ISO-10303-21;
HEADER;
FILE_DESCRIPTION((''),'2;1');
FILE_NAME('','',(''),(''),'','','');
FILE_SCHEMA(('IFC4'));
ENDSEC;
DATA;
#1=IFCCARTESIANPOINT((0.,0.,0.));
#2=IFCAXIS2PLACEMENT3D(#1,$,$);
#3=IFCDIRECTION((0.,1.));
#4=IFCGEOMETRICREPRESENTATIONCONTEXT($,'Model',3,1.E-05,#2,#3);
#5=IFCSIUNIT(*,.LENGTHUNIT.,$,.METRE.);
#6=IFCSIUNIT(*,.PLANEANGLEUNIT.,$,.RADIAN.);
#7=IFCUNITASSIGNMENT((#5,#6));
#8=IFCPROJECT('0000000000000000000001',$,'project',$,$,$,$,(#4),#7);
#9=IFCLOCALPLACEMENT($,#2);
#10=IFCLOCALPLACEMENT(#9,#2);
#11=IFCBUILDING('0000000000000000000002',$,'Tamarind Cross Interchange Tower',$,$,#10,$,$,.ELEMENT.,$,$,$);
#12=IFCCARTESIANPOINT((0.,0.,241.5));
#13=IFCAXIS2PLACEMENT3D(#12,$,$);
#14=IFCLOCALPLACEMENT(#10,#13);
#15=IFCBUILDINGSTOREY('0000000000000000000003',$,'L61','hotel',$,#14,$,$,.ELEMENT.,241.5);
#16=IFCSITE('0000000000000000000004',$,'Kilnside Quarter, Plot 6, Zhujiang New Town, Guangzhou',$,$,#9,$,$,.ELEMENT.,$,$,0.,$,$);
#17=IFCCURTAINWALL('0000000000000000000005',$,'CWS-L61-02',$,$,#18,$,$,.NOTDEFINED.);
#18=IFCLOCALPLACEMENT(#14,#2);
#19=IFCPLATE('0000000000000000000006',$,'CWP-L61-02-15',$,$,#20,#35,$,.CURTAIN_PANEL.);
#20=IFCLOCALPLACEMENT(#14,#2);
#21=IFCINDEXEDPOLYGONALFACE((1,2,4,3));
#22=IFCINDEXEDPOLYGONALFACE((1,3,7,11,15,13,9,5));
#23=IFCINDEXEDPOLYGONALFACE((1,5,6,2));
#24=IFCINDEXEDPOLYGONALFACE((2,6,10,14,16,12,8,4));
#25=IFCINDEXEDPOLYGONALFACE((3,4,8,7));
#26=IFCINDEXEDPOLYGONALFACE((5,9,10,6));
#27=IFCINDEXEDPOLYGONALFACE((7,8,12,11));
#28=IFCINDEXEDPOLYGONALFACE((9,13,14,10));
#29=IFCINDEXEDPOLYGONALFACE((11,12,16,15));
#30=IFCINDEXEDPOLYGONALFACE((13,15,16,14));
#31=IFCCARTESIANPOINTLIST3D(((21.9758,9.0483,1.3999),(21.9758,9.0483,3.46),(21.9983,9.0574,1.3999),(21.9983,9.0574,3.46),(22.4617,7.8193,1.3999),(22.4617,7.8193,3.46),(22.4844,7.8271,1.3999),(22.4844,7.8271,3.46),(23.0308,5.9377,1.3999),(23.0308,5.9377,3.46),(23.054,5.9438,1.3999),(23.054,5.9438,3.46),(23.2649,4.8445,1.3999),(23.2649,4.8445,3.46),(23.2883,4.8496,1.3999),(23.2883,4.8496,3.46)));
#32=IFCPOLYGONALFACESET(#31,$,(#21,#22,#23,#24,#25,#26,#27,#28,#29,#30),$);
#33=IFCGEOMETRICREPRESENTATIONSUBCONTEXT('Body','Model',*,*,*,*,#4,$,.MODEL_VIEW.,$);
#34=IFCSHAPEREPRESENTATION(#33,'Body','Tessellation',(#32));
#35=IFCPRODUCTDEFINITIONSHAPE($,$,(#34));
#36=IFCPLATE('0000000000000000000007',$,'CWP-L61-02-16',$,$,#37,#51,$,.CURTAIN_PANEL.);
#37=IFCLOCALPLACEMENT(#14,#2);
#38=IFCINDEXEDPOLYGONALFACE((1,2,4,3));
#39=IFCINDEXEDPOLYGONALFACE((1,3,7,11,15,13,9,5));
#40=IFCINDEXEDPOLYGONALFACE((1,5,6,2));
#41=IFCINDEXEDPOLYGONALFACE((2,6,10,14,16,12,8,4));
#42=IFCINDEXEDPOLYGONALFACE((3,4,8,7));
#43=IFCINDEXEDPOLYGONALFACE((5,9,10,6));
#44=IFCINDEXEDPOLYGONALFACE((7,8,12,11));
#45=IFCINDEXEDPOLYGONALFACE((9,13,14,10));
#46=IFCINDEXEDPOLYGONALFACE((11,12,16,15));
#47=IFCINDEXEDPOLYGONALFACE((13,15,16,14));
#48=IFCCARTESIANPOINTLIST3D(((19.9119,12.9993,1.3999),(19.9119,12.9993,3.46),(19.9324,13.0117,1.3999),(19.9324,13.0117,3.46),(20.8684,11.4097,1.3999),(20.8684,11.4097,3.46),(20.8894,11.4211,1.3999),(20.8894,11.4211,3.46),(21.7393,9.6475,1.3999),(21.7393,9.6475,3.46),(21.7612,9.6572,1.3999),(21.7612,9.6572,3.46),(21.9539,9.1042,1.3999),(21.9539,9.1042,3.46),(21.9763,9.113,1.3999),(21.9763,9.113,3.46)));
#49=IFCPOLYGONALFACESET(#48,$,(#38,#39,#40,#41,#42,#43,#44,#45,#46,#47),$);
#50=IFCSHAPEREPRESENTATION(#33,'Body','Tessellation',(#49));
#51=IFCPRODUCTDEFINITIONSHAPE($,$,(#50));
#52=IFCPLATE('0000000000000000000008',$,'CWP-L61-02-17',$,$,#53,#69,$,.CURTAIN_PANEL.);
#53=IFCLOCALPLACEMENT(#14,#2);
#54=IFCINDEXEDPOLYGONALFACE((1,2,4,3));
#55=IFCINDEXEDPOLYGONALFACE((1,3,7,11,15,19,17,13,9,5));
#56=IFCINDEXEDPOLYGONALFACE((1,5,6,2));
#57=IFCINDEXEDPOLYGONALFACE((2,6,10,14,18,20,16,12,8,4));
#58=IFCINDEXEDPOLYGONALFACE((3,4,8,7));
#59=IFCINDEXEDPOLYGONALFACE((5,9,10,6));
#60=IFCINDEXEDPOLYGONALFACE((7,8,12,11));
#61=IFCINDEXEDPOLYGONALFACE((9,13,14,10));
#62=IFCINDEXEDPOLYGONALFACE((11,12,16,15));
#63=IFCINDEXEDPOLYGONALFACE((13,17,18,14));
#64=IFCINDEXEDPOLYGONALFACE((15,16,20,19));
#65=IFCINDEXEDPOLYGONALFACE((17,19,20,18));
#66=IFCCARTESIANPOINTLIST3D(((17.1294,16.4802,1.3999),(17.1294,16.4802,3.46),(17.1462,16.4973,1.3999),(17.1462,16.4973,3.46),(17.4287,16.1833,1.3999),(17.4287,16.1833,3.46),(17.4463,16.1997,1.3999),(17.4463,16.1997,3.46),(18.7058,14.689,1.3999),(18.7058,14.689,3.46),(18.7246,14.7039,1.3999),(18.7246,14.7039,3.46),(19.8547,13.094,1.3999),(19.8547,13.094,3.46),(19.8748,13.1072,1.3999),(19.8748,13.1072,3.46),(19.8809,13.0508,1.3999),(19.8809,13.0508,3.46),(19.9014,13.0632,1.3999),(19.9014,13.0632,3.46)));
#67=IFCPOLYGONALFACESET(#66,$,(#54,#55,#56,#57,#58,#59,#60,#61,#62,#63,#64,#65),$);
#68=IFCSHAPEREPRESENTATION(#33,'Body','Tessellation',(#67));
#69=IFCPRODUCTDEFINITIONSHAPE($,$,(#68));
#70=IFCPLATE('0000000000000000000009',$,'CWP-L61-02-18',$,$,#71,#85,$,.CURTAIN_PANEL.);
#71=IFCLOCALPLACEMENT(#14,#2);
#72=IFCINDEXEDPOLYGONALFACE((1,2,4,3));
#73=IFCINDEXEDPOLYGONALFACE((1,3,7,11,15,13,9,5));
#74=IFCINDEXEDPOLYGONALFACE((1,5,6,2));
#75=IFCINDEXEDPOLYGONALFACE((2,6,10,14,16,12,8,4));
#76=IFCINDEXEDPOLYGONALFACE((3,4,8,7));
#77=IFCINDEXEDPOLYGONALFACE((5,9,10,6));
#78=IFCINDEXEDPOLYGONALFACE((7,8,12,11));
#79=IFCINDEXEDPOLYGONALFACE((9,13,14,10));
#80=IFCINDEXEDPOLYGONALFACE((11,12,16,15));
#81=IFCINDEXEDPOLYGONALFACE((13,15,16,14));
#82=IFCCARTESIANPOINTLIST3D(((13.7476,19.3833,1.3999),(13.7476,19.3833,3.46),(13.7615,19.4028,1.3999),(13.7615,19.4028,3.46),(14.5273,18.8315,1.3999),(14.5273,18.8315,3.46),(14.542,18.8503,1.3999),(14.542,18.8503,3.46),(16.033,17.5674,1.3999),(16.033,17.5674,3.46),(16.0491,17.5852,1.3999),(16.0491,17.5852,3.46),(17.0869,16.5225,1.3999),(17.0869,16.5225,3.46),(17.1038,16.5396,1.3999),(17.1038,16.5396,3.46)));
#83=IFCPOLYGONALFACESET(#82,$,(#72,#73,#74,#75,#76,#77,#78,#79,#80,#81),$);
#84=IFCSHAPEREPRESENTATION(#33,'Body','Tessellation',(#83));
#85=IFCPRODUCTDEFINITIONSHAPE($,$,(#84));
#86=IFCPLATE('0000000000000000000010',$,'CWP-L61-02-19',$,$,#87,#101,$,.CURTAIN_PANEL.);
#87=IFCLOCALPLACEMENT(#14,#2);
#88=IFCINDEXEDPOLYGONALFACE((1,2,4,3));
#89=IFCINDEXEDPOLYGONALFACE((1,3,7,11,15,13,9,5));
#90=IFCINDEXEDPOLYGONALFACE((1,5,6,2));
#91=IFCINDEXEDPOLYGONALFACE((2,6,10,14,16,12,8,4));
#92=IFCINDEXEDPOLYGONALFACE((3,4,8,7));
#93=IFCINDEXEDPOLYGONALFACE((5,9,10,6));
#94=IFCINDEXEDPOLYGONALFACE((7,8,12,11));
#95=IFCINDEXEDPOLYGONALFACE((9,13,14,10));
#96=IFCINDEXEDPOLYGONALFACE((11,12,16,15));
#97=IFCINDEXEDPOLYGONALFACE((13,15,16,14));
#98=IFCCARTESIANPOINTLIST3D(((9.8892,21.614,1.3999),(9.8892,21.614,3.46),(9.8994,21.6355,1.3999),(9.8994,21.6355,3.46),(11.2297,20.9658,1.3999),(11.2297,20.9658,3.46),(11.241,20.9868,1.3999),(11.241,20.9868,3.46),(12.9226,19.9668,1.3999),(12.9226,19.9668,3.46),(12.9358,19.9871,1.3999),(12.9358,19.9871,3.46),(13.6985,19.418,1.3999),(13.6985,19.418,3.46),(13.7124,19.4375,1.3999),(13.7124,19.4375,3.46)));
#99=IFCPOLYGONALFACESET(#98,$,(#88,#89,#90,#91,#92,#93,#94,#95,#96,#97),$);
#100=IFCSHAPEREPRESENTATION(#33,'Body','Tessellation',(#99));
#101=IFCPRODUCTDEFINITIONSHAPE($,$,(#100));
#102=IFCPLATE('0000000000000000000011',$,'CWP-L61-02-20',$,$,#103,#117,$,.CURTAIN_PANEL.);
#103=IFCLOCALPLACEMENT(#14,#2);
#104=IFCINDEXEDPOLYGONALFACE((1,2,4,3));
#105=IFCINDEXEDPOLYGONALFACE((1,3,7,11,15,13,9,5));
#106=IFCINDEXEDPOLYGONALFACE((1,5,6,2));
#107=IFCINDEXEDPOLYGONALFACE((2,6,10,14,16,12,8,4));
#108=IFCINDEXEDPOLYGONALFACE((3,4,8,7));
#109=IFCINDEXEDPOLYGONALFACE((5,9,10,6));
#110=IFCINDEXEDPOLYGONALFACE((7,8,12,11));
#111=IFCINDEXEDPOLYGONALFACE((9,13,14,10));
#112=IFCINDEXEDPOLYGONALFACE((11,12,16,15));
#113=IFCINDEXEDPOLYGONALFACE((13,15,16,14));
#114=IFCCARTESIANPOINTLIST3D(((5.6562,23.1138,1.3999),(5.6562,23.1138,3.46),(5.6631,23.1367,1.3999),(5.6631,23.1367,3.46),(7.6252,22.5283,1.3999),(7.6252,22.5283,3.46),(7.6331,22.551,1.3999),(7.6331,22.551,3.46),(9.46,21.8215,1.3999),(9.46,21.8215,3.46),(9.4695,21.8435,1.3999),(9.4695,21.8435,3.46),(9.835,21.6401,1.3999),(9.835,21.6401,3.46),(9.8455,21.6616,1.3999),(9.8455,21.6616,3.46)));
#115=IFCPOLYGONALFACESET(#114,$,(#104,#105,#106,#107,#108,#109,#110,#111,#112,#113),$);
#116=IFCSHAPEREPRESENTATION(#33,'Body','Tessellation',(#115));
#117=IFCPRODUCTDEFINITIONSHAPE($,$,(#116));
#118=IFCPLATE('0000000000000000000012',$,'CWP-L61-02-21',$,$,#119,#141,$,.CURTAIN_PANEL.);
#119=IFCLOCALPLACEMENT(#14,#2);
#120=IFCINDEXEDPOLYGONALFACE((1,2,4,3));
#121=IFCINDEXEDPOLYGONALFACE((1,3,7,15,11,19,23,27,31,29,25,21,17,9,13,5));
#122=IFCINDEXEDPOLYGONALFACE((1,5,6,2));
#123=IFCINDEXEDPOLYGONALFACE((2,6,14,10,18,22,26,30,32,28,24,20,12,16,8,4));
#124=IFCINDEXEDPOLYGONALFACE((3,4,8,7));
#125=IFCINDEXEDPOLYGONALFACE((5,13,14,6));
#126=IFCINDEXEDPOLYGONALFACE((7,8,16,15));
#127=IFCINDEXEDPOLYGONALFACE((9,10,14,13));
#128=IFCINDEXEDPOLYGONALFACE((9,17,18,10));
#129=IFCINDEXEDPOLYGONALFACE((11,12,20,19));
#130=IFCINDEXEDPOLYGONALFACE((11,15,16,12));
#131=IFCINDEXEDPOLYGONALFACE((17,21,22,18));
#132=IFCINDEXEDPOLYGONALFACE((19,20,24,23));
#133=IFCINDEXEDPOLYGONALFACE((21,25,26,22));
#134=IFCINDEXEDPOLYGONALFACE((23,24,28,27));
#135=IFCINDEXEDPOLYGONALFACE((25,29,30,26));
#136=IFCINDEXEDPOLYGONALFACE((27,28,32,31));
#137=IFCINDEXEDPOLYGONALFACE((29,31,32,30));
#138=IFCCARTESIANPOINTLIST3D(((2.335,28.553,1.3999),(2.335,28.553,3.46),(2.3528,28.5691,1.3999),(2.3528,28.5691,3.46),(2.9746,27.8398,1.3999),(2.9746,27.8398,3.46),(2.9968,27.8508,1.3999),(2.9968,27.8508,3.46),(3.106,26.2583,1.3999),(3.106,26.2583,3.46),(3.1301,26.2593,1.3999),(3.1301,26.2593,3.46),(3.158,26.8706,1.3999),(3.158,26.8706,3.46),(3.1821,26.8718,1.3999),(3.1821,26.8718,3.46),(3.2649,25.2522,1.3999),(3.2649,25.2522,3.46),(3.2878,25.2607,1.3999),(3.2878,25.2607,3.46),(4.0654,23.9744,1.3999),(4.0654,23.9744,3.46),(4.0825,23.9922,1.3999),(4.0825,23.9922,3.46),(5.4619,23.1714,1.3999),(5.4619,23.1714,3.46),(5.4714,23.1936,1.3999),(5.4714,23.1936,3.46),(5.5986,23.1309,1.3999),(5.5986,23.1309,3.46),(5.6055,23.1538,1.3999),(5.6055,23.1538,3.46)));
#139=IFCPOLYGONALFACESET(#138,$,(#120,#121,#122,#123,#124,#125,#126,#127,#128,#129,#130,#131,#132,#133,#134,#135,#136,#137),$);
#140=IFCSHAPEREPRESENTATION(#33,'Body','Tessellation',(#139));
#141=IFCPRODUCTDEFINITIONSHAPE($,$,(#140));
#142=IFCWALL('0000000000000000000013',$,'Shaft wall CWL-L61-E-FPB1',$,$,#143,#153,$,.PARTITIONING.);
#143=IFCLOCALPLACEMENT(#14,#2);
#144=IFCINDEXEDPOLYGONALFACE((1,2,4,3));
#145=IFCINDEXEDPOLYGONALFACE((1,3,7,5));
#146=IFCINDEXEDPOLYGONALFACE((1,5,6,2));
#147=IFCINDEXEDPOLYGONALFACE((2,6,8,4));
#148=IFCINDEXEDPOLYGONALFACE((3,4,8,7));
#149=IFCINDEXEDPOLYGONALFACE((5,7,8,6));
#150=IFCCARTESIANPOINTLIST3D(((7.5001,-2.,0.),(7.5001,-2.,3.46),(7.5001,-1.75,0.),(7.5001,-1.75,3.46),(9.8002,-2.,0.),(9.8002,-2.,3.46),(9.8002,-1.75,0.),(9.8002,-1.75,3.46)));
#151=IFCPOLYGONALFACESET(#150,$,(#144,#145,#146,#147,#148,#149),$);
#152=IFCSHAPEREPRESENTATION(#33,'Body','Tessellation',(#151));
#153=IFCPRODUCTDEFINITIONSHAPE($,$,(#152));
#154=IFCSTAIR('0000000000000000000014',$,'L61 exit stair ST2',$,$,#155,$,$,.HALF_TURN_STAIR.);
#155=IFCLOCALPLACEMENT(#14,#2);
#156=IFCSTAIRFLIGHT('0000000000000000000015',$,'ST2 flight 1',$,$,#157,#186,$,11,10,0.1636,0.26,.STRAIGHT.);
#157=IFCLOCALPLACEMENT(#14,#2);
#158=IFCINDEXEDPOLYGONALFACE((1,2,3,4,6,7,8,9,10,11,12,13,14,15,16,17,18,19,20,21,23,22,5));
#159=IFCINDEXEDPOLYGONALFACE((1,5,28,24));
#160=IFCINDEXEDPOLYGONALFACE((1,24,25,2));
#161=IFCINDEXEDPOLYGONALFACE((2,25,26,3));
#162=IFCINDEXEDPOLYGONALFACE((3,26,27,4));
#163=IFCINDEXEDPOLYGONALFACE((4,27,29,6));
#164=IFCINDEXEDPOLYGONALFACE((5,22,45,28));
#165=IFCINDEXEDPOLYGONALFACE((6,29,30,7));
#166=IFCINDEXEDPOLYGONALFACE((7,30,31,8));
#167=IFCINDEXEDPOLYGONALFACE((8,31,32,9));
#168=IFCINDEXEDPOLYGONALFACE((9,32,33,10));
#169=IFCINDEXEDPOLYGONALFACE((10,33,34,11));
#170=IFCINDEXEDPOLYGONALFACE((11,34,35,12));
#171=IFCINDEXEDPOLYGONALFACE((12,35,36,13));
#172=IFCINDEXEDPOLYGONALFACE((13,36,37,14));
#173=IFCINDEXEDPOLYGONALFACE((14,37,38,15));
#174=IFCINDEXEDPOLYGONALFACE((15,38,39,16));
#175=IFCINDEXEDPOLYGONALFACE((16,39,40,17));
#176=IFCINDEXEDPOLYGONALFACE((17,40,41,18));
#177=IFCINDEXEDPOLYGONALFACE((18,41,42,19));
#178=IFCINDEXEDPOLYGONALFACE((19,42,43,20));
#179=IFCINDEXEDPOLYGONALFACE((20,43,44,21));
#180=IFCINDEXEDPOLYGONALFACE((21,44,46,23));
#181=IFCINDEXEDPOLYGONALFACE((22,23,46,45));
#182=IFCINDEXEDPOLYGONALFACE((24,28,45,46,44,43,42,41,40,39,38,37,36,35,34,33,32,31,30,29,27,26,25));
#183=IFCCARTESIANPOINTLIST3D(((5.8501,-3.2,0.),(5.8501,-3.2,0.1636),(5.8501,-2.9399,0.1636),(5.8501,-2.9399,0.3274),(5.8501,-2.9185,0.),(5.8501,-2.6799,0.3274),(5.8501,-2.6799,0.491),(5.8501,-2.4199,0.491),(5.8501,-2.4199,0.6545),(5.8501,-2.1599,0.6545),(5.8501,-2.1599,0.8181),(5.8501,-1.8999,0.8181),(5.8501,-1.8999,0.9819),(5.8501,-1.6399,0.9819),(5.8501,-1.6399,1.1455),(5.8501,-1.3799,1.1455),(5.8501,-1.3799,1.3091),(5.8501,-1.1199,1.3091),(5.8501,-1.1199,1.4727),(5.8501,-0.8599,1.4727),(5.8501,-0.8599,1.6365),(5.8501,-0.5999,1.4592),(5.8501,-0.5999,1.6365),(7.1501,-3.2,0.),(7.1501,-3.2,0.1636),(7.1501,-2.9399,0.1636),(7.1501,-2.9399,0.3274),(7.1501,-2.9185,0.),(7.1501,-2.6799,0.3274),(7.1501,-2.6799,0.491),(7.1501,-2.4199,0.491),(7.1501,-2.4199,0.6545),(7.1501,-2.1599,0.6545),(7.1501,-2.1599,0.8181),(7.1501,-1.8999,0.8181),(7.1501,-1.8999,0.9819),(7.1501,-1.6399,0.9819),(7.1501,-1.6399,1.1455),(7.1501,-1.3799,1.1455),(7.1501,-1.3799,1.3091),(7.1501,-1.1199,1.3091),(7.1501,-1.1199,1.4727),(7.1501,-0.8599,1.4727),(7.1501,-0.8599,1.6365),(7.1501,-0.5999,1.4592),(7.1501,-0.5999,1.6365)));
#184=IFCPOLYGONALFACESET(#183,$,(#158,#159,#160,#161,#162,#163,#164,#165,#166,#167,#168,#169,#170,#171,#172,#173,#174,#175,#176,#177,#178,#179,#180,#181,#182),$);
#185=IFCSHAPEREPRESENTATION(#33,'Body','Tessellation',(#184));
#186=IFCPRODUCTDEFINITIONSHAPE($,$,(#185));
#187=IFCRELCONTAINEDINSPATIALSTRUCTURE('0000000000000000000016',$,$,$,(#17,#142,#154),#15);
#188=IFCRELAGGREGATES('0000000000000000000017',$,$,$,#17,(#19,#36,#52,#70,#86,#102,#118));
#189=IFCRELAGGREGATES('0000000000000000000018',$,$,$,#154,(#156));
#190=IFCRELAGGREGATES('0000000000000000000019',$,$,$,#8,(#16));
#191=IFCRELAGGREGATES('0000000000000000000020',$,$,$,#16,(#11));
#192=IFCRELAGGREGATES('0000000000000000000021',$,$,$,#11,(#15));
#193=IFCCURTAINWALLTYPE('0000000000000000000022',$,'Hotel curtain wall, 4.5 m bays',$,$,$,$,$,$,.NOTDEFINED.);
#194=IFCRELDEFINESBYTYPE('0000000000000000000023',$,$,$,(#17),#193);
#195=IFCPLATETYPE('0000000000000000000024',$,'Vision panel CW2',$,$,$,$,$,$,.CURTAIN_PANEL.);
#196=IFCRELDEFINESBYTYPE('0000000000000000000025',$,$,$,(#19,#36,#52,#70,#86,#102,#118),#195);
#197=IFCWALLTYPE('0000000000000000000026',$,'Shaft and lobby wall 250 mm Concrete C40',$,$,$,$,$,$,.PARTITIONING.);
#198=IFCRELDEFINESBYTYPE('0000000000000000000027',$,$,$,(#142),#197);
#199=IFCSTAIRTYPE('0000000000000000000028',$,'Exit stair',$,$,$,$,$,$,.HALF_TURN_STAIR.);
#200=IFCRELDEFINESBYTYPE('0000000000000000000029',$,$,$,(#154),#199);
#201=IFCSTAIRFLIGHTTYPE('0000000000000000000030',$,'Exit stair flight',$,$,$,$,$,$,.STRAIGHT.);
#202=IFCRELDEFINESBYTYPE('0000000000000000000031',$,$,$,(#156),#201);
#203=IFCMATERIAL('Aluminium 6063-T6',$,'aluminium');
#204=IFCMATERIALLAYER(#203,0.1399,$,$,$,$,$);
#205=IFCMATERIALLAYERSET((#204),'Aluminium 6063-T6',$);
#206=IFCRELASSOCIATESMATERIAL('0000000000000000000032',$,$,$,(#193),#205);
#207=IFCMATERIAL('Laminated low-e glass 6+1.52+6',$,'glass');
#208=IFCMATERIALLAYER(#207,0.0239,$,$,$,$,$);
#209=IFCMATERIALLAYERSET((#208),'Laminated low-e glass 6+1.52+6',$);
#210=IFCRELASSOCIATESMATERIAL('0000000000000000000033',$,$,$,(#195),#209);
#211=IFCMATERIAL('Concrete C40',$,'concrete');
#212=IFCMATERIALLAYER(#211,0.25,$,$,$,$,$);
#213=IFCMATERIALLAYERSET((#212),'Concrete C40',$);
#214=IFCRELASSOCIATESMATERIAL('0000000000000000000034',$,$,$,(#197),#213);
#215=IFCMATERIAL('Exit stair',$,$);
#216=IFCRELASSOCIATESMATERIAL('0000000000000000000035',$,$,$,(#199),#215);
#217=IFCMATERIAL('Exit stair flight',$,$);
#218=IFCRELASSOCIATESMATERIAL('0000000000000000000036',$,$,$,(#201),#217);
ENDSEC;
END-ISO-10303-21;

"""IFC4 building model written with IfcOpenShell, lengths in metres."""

from ifc_helpers import new_model, si_unit, direction, frame, frame_2d, origin, place, context, subcontext, project, spatial, polyline, rectangle, outline, extrude, material, layer, layer_set, type_object, element, aggregate, save


model = new_model("IFC4")

# Units and contexts
model_context = context("Model", 3, precision=1e-05, world=origin(), true_north=direction((0.0, 1.0)))
body_context = subcontext(model_context, "Body", "Model", "MODEL_VIEW")
ifc_project = project(units=[si_unit("LENGTHUNIT", "METRE"), si_unit("PLANEANGLEUNIT", "RADIAN")], contexts=[model_context])

# Site, building, storey
site_placement = place(None, origin())
site = spatial("IfcSite", under=ifc_project, at=site_placement, Name="Kilnside Quarter, Plot 6, Zhujiang New Town, Guangzhou", CompositionType="ELEMENT", RefElevation=0.0)
building_placement = place(site_placement, origin())
building = spatial("IfcBuilding", under=site, at=building_placement, Name="Tamarind Cross Interchange Tower", CompositionType="ELEMENT")
storey_placement = place(building_placement, frame((0.0, 0.0, 241.5)))
storey = spatial("IfcBuildingStorey", under=building, at=storey_placement, Name="L61", Description="hotel", CompositionType="ELEMENT", Elevation=241.5)

# Curtain wall, plates
ifc_material_1 = material(Name="Aluminium 6063-T6", Category="aluminium")
ifc_layer_1 = layer(ifc_material_1, 0.1399)
ifc_layer_set_1 = layer_set([ifc_layer_1], Name="Aluminium 6063-T6")
curtain_wall_type = type_object("IfcCurtainWallType", Name="Hotel curtain wall, 4.5 m bays", PredefinedType="NOTDEFINED", material=ifc_layer_set_1)
curtain_wall_placement = place(storey_placement, origin())
curtain_wall = element("IfcCurtainWall", 1, at=curtain_wall_placement, inside=storey, type_object=curtain_wall_type, Name="CWS-L61-02", PredefinedType="NOTDEFINED")
ifc_material_2 = material(Name="Laminated low-e glass 6+1.52+6", Category="glass")
ifc_layer_2 = layer(ifc_material_2, 0.0239)
ifc_layer_set_2 = layer_set([ifc_layer_2], Name="Laminated low-e glass 6+1.52+6")
plate_type = type_object("IfcPlateType", Name="Vision panel CW2", PredefinedType="CURTAIN_PANEL", material=ifc_layer_set_2)
plate_1_placement = place(storey_placement, frame((0.0, 0.0, 1.3999)))
plate_1 = element("IfcPlate", 2, at=plate_1_placement, type_object=plate_type, Name="CWP-L61-02-15", PredefinedType="CURTAIN_PANEL", context=body_context, shape_type="SweptSolid", body=[
    extrude(outline(polyline([(23.2649, 4.8445), (23.0308, 5.9377), (22.4617, 7.8193), (21.9758, 9.0483), (21.9983, 9.0574), (22.4844, 7.8271), (23.054, 5.9438), (23.2883, 4.8496), (23.2649, 4.8445)])), origin(), (0.0, 0.0, 1.0), 2.0601),
])
plate_2_placement = place(storey_placement, frame((0.0, 0.0, 1.3999)))
plate_2 = element("IfcPlate", 3, at=plate_2_placement, type_object=plate_type, Name="CWP-L61-02-16", PredefinedType="CURTAIN_PANEL", context=body_context, shape_type="SweptSolid", body=[
    extrude(outline(polyline([(21.9539, 9.1042), (21.7393, 9.6475), (20.8684, 11.4097), (19.9119, 12.9993), (19.9324, 13.0117), (20.8894, 11.4211), (21.7612, 9.6572), (21.9763, 9.113), (21.9539, 9.1042)])), origin(), (0.0, 0.0, 1.0), 2.0601),
])
plate_3_placement = place(storey_placement, frame((0.0, 0.0, 1.3999)))
plate_3 = element("IfcPlate", 4, at=plate_3_placement, type_object=plate_type, Name="CWP-L61-02-17", PredefinedType="CURTAIN_PANEL", context=body_context, shape_type="SweptSolid", body=[
    extrude(outline(polyline([(19.8809, 13.0508), (19.8547, 13.094), (18.7058, 14.689), (17.4287, 16.1833), (17.1294, 16.4802), (17.1462, 16.4973), (17.4463, 16.1997), (18.7246, 14.7039), (19.8748, 13.1072), (19.9014, 13.0632), (19.8809, 13.0508)])), origin(), (0.0, 0.0, 1.0), 2.0601),
])
plate_4_placement = place(storey_placement, frame((0.0, 0.0, 1.3999)))
plate_4 = element("IfcPlate", 5, at=plate_4_placement, type_object=plate_type, Name="CWP-L61-02-18", PredefinedType="CURTAIN_PANEL", context=body_context, shape_type="SweptSolid", body=[
    extrude(outline(polyline([(17.0869, 16.5225), (16.033, 17.5674), (14.5273, 18.8315), (13.7476, 19.3833), (13.7615, 19.4028), (14.542, 18.8503), (16.0491, 17.5852), (17.1038, 16.5396), (17.0869, 16.5225)])), origin(), (0.0, 0.0, 1.0), 2.0601),
])
plate_5_placement = place(storey_placement, frame((0.0, 0.0, 1.3999)))
plate_5 = element("IfcPlate", 6, at=plate_5_placement, type_object=plate_type, Name="CWP-L61-02-19", PredefinedType="CURTAIN_PANEL", context=body_context, shape_type="SweptSolid", body=[
    extrude(outline(polyline([(13.6985, 19.418), (12.9226, 19.9668), (11.2297, 20.9658), (9.8892, 21.614), (9.8994, 21.6355), (11.241, 20.9868), (12.9358, 19.9871), (13.7124, 19.4375), (13.6985, 19.418)])), origin(), (0.0, 0.0, 1.0), 2.0601),
])
plate_6_placement = place(storey_placement, frame((0.0, 0.0, 1.3999)))
plate_6 = element("IfcPlate", 7, at=plate_6_placement, type_object=plate_type, Name="CWP-L61-02-20", PredefinedType="CURTAIN_PANEL", context=body_context, shape_type="SweptSolid", body=[
    extrude(outline(polyline([(9.835, 21.6401), (9.46, 21.8215), (7.6252, 22.5283), (5.6562, 23.1138), (5.6631, 23.1367), (7.6331, 22.551), (9.4695, 21.8435), (9.8455, 21.6616), (9.835, 21.6401)])), origin(), (0.0, 0.0, 1.0), 2.0601),
])
plate_7_placement = place(storey_placement, frame((0.0, 0.0, 1.3999)))
plate_7 = element("IfcPlate", 8, at=plate_7_placement, type_object=plate_type, Name="CWP-L61-02-21", PredefinedType="CURTAIN_PANEL", context=body_context, shape_type="SweptSolid", body=[
    extrude(outline(polyline([(5.5986, 23.1309), (5.4619, 23.1714), (4.0654, 23.9744), (3.2649, 25.2522), (3.106, 26.2583), (3.158, 26.8706), (2.9746, 27.8398), (2.335, 28.553), (2.3528, 28.5691), (2.9968, 27.8508), (3.1821, 26.8718), (3.1301, 26.2593), (3.2878, 25.2607), (4.0825, 23.9922), (5.4714, 23.1936), (5.6055, 23.1538), (5.5986, 23.1309)])), origin(), (0.0, 0.0, 1.0), 2.0601),
])
aggregate(curtain_wall, [plate_1, plate_2, plate_3, plate_4, plate_5, plate_6, plate_7])

# Wall
ifc_material_3 = material(Name="Concrete C40", Category="concrete")
ifc_layer_3 = layer(ifc_material_3, 0.25)
ifc_layer_set_3 = layer_set([ifc_layer_3], Name="Concrete C40")
wall_type = type_object("IfcWallType", Name="Shaft and lobby wall 250 mm Concrete C40", PredefinedType="PARTITIONING", material=ifc_layer_set_3)
wall_placement = place(storey_placement, frame((9.8, -1.875, 0.0), z_axis=(0.0, 0.0, 1.0), x_axis=(-1.0, 0.0, 0.0)))
element("IfcWall", 9, at=wall_placement, inside=storey, type_object=wall_type, Name="Shaft wall CWL-L61-E-FPB1", PredefinedType="PARTITIONING", context=body_context, shape_type="SweptSolid", body=[
    extrude(rectangle(XDim=2.3, YDim=0.25, at=frame_2d((1.1499, 0.0))), origin(), (0.0, 0.0, 1.0), 3.46),
])

# Stair, stair flight
ifc_material_4 = material(Name="Exit stair")
stair_type = type_object("IfcStairType", Name="Exit stair", PredefinedType="HALF_TURN_STAIR", material=ifc_material_4)
stair_placement = place(storey_placement, origin())
stair = element("IfcStair", 10, at=stair_placement, inside=storey, type_object=stair_type, Name="L61 exit stair ST2", PredefinedType="HALF_TURN_STAIR")
ifc_material_5 = material(Name="Exit stair flight")
stair_flight_type = type_object("IfcStairFlightType", Name="Exit stair flight", PredefinedType="STRAIGHT", material=ifc_material_5)
stair_flight_1_placement = place(storey_placement, frame((6.5, -3.2, 0.0), z_axis=(0.0, 0.0, 1.0), x_axis=(0.0, 1.0, 0.0)))
stair_flight_1 = element("IfcStairFlight", 11, at=stair_flight_1_placement, type_object=stair_flight_type, Name="ST2 flight 1", NumberOfRisers=11, NumberOfTreads=10, PredefinedType="STRAIGHT", RiserHeight=0.1636, TreadLength=0.26, context=body_context, shape_type="SweptSolid", body=[
    extrude(outline(polyline([(0.0, 0.0), (0.0, 0.1636), (0.26, 0.1636), (0.26, 0.3274), (0.52, 0.3274), (0.52, 0.491), (0.78, 0.491), (0.78, 0.6545), (1.04, 0.6545), (1.04, 0.8181), (1.3, 0.8181), (1.3, 0.9819), (1.5601, 0.9819), (1.5601, 1.1455), (1.8201, 1.1455), (1.8201, 1.3091), (2.0801, 1.3091), (2.0801, 1.4727), (2.3401, 1.4727), (2.3401, 1.6365), (2.6001, 1.6365), (2.6001, 1.8), (2.6001, 1.4592), (0.2815, 0.0), (0.0, 0.0)])), frame((0.0, 0.6499, 0.0), z_axis=(0.0, -1.0, 0.0), x_axis=(1.0, 0.0, 0.0)), (0.0, 0.0, 1.0), 1.3),
])
aggregate(stair, [stair_flight_1])

save(model, "model.ifc")
